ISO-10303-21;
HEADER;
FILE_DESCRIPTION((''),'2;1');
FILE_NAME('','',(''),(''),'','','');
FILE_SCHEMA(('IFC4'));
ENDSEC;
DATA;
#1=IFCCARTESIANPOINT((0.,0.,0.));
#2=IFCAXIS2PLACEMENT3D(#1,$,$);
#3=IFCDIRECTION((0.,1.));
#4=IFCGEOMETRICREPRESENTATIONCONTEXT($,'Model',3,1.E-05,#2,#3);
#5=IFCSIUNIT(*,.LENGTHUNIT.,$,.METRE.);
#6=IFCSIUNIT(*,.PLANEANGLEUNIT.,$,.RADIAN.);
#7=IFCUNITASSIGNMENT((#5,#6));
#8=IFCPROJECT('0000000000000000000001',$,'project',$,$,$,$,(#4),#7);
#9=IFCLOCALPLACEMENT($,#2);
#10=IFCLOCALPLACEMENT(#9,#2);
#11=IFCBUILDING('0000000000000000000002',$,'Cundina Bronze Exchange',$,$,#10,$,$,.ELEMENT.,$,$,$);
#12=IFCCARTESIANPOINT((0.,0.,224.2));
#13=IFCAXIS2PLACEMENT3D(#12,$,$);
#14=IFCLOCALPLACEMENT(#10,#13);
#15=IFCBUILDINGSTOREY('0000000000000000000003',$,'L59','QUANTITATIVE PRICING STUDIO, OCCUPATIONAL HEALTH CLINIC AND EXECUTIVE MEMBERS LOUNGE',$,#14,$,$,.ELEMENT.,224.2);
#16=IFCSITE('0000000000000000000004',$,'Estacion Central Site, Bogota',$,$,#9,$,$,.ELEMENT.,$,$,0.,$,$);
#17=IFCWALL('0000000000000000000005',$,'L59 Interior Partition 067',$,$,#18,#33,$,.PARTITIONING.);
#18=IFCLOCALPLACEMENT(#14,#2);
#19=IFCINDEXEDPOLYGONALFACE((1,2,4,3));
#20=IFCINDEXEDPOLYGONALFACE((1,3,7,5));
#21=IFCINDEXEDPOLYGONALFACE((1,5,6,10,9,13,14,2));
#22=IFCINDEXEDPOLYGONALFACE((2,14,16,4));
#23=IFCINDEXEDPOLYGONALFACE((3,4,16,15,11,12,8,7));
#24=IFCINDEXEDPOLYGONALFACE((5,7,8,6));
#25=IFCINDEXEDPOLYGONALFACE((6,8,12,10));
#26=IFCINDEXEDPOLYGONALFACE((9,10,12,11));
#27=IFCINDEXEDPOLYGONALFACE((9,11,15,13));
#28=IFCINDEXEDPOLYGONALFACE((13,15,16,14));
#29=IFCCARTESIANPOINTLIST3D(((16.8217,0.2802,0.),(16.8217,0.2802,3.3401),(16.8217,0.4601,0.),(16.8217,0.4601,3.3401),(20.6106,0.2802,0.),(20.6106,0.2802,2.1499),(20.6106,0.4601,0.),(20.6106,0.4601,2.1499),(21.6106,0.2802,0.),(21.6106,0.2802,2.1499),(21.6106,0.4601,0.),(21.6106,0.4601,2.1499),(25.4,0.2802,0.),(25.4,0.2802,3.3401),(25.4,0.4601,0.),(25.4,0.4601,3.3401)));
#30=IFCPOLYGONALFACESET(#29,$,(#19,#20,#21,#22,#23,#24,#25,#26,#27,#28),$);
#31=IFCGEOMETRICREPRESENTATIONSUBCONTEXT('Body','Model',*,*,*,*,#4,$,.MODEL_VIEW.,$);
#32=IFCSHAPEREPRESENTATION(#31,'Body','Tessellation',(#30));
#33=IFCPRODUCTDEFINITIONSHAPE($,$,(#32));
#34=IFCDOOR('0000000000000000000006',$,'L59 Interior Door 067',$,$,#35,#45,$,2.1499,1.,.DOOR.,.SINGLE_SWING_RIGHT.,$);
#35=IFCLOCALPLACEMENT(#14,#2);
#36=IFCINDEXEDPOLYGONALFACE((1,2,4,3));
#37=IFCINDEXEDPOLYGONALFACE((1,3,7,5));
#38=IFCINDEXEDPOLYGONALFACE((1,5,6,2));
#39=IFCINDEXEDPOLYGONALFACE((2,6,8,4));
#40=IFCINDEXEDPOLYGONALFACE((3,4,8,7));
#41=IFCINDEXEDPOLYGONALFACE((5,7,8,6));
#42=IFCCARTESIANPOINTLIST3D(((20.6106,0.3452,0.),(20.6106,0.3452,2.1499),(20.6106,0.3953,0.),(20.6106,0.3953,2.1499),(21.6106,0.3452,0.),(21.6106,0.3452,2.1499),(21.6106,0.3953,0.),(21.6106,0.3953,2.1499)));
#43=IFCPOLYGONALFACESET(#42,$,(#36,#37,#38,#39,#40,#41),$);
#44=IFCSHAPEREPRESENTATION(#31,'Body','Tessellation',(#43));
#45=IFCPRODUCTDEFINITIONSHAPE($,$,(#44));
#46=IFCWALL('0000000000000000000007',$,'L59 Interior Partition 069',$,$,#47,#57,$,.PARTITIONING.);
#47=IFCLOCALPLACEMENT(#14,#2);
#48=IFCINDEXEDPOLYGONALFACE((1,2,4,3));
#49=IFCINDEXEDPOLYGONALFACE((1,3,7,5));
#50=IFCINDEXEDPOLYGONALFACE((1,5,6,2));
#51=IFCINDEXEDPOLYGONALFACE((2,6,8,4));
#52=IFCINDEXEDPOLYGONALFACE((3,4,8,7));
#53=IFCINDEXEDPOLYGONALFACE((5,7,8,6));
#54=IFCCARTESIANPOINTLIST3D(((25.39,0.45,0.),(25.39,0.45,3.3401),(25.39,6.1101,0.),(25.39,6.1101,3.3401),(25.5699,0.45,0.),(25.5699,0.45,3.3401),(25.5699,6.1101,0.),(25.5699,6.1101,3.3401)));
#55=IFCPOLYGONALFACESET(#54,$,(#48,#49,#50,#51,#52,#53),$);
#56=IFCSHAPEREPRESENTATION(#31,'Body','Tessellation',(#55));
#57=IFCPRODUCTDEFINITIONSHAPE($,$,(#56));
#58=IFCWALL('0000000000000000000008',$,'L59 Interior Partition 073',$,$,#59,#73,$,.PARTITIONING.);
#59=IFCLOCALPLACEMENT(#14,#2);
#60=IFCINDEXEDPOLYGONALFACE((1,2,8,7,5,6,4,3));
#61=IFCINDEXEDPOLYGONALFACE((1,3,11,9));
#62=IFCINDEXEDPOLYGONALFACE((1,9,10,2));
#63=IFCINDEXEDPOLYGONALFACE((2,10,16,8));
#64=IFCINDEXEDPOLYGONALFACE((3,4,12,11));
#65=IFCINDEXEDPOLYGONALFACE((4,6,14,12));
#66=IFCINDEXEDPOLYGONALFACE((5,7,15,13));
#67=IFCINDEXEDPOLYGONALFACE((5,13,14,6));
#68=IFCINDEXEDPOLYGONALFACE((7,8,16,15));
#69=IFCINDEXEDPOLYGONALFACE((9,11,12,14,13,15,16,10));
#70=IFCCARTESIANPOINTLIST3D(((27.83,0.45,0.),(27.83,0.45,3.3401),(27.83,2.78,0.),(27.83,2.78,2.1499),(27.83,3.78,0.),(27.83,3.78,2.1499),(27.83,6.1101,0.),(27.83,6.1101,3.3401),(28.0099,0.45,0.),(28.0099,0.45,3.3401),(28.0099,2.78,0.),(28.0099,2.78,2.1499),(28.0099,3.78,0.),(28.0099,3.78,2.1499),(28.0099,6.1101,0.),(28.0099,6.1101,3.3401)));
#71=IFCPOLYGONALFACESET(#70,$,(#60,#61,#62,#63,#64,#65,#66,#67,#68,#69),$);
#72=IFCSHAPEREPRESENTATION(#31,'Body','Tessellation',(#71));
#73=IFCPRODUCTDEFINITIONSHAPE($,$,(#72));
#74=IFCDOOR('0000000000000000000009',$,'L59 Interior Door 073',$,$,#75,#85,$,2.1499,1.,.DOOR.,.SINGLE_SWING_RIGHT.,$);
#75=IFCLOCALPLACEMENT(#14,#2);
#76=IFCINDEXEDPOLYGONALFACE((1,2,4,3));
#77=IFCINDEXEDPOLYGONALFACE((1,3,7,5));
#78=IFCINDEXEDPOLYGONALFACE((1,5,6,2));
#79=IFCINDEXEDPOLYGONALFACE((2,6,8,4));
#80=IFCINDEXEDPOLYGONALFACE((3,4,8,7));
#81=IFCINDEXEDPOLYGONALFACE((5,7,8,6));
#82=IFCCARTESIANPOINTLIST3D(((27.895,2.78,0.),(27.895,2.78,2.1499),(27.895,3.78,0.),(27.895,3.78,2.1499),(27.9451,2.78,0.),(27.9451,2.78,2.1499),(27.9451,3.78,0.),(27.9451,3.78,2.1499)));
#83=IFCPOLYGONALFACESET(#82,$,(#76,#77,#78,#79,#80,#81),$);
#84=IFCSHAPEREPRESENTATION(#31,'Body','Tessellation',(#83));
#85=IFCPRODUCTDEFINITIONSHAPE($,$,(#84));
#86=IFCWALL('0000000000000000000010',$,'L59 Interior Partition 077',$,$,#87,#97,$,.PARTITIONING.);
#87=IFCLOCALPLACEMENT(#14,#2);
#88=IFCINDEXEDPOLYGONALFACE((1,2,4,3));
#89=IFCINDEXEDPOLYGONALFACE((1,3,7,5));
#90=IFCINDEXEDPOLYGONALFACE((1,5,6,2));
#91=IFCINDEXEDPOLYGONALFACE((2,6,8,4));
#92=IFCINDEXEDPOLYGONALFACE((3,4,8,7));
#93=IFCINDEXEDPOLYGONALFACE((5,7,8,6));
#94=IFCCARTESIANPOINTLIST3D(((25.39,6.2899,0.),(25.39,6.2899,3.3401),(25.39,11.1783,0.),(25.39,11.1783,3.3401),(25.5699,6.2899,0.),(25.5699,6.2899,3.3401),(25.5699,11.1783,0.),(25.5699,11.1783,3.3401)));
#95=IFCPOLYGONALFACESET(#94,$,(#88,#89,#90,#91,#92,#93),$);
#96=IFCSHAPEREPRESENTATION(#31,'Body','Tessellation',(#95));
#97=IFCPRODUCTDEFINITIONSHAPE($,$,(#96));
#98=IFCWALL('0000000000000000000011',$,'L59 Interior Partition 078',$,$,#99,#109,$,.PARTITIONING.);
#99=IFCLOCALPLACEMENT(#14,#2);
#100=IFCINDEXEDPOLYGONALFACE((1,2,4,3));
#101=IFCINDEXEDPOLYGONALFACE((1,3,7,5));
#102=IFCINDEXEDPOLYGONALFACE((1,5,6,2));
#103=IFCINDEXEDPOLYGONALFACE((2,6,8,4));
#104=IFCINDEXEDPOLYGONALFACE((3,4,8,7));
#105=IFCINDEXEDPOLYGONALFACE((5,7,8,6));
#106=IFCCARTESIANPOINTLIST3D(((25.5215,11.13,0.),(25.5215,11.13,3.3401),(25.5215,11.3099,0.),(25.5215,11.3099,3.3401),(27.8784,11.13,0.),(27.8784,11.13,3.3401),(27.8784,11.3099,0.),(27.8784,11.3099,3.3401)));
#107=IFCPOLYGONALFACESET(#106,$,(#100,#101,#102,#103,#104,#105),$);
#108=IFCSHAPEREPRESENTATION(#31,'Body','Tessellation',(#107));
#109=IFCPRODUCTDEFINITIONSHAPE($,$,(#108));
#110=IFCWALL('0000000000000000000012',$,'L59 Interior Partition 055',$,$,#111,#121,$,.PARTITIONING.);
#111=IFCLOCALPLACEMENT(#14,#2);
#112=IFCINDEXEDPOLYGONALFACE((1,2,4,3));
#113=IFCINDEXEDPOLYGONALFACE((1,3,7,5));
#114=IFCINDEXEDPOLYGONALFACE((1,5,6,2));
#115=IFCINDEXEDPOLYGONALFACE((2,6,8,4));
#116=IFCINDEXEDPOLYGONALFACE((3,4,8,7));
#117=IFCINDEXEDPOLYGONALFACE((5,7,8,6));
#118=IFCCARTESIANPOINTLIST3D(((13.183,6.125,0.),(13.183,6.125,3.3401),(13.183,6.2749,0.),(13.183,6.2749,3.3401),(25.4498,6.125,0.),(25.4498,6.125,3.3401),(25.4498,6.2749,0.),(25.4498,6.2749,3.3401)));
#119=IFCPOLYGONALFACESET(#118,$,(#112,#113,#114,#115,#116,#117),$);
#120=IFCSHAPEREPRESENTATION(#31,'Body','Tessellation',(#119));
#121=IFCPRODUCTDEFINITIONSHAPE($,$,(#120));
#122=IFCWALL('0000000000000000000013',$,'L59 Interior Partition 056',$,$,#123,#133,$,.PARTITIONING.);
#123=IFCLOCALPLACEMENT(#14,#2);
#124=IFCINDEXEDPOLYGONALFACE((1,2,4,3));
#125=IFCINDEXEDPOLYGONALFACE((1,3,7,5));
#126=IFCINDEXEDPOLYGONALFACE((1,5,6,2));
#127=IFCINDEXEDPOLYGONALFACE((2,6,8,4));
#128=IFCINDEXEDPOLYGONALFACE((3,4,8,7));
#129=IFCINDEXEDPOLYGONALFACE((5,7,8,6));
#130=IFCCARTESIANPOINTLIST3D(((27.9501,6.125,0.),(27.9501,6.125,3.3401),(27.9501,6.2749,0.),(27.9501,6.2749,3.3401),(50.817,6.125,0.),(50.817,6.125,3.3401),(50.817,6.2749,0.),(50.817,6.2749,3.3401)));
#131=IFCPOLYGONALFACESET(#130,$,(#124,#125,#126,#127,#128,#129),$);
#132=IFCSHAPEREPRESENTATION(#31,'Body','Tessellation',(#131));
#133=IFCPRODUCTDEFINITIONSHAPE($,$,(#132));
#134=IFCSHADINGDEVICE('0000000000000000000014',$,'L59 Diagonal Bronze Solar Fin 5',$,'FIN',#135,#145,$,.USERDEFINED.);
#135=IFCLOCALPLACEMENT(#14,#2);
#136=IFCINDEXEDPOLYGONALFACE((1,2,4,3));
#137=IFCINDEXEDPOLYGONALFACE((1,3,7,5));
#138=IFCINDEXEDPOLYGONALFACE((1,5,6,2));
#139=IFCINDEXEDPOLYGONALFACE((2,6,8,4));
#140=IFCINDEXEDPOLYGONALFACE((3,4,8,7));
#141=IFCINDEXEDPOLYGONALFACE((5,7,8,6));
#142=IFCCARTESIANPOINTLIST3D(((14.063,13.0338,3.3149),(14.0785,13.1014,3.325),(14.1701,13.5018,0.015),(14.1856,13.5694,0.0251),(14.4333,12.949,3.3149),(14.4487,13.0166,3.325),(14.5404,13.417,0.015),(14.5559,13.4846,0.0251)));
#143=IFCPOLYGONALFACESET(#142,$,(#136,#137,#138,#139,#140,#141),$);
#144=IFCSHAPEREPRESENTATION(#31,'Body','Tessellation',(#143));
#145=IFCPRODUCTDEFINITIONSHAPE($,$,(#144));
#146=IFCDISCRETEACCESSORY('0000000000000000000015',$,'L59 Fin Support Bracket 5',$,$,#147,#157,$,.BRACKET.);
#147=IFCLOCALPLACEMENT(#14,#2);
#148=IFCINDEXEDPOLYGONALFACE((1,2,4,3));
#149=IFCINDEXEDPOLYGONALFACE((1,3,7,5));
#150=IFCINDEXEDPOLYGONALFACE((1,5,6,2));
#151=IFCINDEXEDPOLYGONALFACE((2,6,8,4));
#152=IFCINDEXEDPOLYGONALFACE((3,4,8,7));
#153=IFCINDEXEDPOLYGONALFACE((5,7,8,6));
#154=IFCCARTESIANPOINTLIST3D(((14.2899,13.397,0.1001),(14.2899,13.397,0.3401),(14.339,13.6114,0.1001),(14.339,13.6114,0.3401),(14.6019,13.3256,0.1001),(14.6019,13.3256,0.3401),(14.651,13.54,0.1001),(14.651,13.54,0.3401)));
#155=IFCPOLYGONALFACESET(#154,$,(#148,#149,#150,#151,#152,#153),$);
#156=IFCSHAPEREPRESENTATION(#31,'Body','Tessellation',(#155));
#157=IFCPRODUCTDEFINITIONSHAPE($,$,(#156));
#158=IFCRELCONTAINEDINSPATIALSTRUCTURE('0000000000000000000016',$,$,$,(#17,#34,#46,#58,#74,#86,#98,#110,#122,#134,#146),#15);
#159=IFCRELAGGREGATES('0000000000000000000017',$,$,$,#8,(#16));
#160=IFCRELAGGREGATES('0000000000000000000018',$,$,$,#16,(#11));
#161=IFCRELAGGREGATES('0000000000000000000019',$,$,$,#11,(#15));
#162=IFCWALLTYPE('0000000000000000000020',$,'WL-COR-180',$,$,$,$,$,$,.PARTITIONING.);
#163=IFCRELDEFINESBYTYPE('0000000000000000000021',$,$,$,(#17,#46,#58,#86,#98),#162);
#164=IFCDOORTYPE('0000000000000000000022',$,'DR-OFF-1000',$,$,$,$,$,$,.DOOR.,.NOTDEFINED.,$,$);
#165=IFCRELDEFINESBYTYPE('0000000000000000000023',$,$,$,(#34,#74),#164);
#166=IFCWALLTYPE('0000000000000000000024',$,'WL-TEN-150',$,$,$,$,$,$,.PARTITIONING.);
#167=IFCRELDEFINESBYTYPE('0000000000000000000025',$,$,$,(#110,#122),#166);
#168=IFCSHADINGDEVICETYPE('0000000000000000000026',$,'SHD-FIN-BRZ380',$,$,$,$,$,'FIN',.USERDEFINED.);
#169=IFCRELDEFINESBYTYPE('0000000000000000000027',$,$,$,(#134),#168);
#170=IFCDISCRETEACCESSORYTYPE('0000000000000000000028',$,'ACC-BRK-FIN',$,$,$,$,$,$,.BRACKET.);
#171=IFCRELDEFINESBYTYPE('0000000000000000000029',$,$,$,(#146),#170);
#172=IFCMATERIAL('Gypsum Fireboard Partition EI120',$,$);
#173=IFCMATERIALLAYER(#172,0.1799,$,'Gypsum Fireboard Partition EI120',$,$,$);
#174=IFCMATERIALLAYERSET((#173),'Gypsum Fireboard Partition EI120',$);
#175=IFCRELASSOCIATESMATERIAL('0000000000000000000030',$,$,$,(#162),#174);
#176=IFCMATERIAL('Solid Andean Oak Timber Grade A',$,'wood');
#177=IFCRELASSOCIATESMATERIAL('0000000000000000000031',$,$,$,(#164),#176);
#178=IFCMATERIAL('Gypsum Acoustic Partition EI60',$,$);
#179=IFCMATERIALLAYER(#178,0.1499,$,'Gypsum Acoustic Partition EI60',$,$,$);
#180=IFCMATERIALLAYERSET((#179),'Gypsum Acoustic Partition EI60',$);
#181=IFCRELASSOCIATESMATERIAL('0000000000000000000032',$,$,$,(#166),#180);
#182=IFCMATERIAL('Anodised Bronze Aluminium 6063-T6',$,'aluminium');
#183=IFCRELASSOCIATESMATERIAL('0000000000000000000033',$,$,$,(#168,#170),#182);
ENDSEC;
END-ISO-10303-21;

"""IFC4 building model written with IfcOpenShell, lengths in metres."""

from ifc_helpers import new_model, si_unit, direction, frame, frame_2d, origin, origin_2d, place, context, subcontext, project, spatial, rectangle, extrude, material, layer, layer_set, material_profile, profile_set, type_object, element, fill, save


model = new_model("IFC4")

# Units and contexts
model_context = context("Model", 3, precision=1e-05, world=origin(), true_north=direction((0.0, 1.0)))
body_context = subcontext(model_context, "Body", "Model", "MODEL_VIEW")
ifc_project = project(units=[si_unit("LENGTHUNIT", "METRE"), si_unit("PLANEANGLEUNIT", "RADIAN")], contexts=[model_context])

# Site, building, storey
site_placement = place(None, origin())
site = spatial("IfcSite", under=ifc_project, at=site_placement, Name="Estacion Central Site, Bogota", CompositionType="ELEMENT", RefElevation=0.0)
building_placement = place(site_placement, origin())
building = spatial("IfcBuilding", under=site, at=building_placement, Name="Cundina Bronze Exchange", CompositionType="ELEMENT")
storey_placement = place(building_placement, frame((0.0, 0.0, 224.2)))
storey = spatial("IfcBuildingStorey", under=building, at=storey_placement, Name="L59", Description="QUANTITATIVE PRICING STUDIO, OCCUPATIONAL HEALTH CLINIC AND EXECUTIVE MEMBERS LOUNGE", CompositionType="ELEMENT", Elevation=224.2)

# Shared definitions
ifc_material_1 = material(Name="Anodised Bronze Aluminium 6063-T6", Category="aluminium")

# Wall, opening, door
ifc_material_2 = material(Name="Gypsum Fireboard Partition EI120")
ifc_layer_1 = layer(ifc_material_2, 0.1799, Name="Gypsum Fireboard Partition EI120")
ifc_layer_set_1 = layer_set([ifc_layer_1], Name="Gypsum Fireboard Partition EI120")
wall_type_1 = type_object("IfcWallType", Name="WL-COR-180", PredefinedType="PARTITIONING", material=ifc_layer_set_1)
wall_1_placement = place(storey_placement, frame((25.3999, 0.3701, 0.0), z_axis=(0.0, 0.0, 1.0), x_axis=(-1.0, 0.0, 0.0)))
wall_1 = element("IfcWall", 1, at=wall_1_placement, inside=storey, type_object=wall_type_1, Name="L59 Interior Partition 067", PredefinedType="PARTITIONING", context=body_context, shape_type="SweptSolid", body=[
    extrude(rectangle(XDim=8.5784, YDim=0.1799, at=frame_2d((4.2891, 0.0))), origin(), (0.0, 0.0, 1.0), 3.3401),
])
opening_1_placement = place(wall_1_placement, frame((3.7893, 0.0, 0.0)))
opening_1 = element("IfcOpeningElement", 2, at=opening_1_placement, cuts=wall_1, PredefinedType="OPENING", context=body_context, shape_type="SweptSolid", body=[
    extrude(rectangle(XDim=1.0, YDim=2.1499, at=frame_2d((0.5, 1.075))), frame((0.0, 0.0999, 0.0), z_axis=(0.0, -1.0, 0.0), x_axis=(1.0, 0.0, 0.0)), (0.0, 0.0, 1.0), 0.2),
])
ifc_material_3 = material(Name="Solid Andean Oak Timber Grade A", Category="wood")
door_type = type_object("IfcDoorType", Name="DR-OFF-1000", OperationType="NOTDEFINED", PredefinedType="DOOR", material=ifc_material_3)
door_1_placement = place(opening_1_placement, origin())
door_1 = element("IfcDoor", 3, at=door_1_placement, inside=storey, type_object=door_type, Name="L59 Interior Door 067", OperationType="SINGLE_SWING_RIGHT", OverallHeight=2.1499, OverallWidth=1.0, PredefinedType="DOOR", context=body_context, shape_type="SweptSolid", body=[
    extrude(rectangle(XDim=1.0, YDim=2.1499, at=frame_2d((0.5, 1.075))), frame((0.0, 0.0249, 0.0), z_axis=(0.0, -1.0, 0.0), x_axis=(1.0, 0.0, 0.0)), (0.0, 0.0, 1.0), 0.05),
])
fill(opening_1, door_1)

# Wall
wall_2_placement = place(storey_placement, frame((25.48, 6.1101, 0.0), z_axis=(0.0, 0.0, 1.0), x_axis=(0.0, -1.0, 0.0)))
element("IfcWall", 4, at=wall_2_placement, inside=storey, type_object=wall_type_1, Name="L59 Interior Partition 069", PredefinedType="PARTITIONING", context=body_context, shape_type="SweptSolid", body=[
    extrude(rectangle(XDim=5.6602, YDim=0.1799, at=frame_2d((2.8301, 0.0))), origin(), (0.0, 0.0, 1.0), 3.3401),
])

# Wall, opening, door
wall_3_placement = place(storey_placement, frame((27.9199, 0.45, 0.0), z_axis=(0.0, 0.0, 1.0), x_axis=(0.0, 1.0, 0.0)))
wall_3 = element("IfcWall", 5, at=wall_3_placement, inside=storey, type_object=wall_type_1, Name="L59 Interior Partition 073", PredefinedType="PARTITIONING", context=body_context, shape_type="SweptSolid", body=[
    extrude(rectangle(XDim=5.6602, YDim=0.1799, at=frame_2d((2.8301, 0.0))), origin(), (0.0, 0.0, 1.0), 3.3401),
])
opening_2_placement = place(wall_3_placement, frame((2.3301, 0.0, 0.0)))
opening_2 = element("IfcOpeningElement", 6, at=opening_2_placement, cuts=wall_3, PredefinedType="OPENING", context=body_context, shape_type="SweptSolid", body=[
    extrude(rectangle(XDim=1.0, YDim=2.1499, at=frame_2d((0.5, 1.075))), frame((0.0, 0.0999, 0.0), z_axis=(0.0, -1.0, 0.0), x_axis=(1.0, 0.0, 0.0)), (0.0, 0.0, 1.0), 0.2),
])
door_2_placement = place(opening_2_placement, origin())
door_2 = element("IfcDoor", 7, at=door_2_placement, inside=storey, type_object=door_type, Name="L59 Interior Door 073", OperationType="SINGLE_SWING_RIGHT", OverallHeight=2.1499, OverallWidth=1.0, PredefinedType="DOOR", context=body_context, shape_type="SweptSolid", body=[
    extrude(rectangle(XDim=1.0, YDim=2.1499, at=frame_2d((0.5, 1.075))), frame((0.0, 0.0249, 0.0), z_axis=(0.0, -1.0, 0.0), x_axis=(1.0, 0.0, 0.0)), (0.0, 0.0, 1.0), 0.05),
])
fill(opening_2, door_2)

# Walls
wall_4_placement = place(storey_placement, frame((25.48, 11.1785, 0.0), z_axis=(0.0, 0.0, 1.0), x_axis=(0.0, -1.0, 0.0)))
element("IfcWall", 8, at=wall_4_placement, inside=storey, type_object=wall_type_1, Name="L59 Interior Partition 077", PredefinedType="PARTITIONING", context=body_context, shape_type="SweptSolid", body=[
    extrude(rectangle(XDim=4.8884, YDim=0.1799, at=frame_2d((2.4443, 0.0))), origin(), (0.0, 0.0, 1.0), 3.3401),
])
wall_5_placement = place(storey_placement, frame((27.8784, 11.22, 0.0), z_axis=(0.0, 0.0, 1.0), x_axis=(-1.0, 0.0, 0.0)))
element("IfcWall", 9, at=wall_5_placement, inside=storey, type_object=wall_type_1, Name="L59 Interior Partition 078", PredefinedType="PARTITIONING", context=body_context, shape_type="SweptSolid", body=[
    extrude(rectangle(XDim=2.3569, YDim=0.1799, at=frame_2d((1.1785, 0.0))), origin(), (0.0, 0.0, 1.0), 3.3401),
])
ifc_material_4 = material(Name="Gypsum Acoustic Partition EI60")
ifc_layer_2 = layer(ifc_material_4, 0.1499, Name="Gypsum Acoustic Partition EI60")
ifc_layer_set_2 = layer_set([ifc_layer_2], Name="Gypsum Acoustic Partition EI60")
wall_type_2 = type_object("IfcWallType", Name="WL-TEN-150", PredefinedType="PARTITIONING", material=ifc_layer_set_2)
wall_6_placement = place(storey_placement, frame((13.1831, 6.2, 0.0), z_axis=(0.0, 0.0, 1.0), x_axis=(1.0, 0.0, 0.0)))
element("IfcWall", 10, at=wall_6_placement, inside=storey, type_object=wall_type_2, Name="L59 Interior Partition 055", PredefinedType="PARTITIONING", context=body_context, shape_type="SweptSolid", body=[
    extrude(rectangle(XDim=12.2668, YDim=0.1499, at=frame_2d((6.1333, 0.0))), origin(), (0.0, 0.0, 1.0), 3.3401),
])
wall_7_placement = place(storey_placement, frame((27.95, 6.2, 0.0), z_axis=(0.0, 0.0, 1.0), x_axis=(1.0, 0.0, 0.0)))
element("IfcWall", 11, at=wall_7_placement, inside=storey, type_object=wall_type_2, Name="L59 Interior Partition 056", PredefinedType="PARTITIONING", context=body_context, shape_type="SweptSolid", body=[
    extrude(rectangle(XDim=22.8669, YDim=0.1499, at=frame_2d((11.4336, 0.0))), origin(), (0.0, 0.0, 1.0), 3.3401),
])

# Shading device
ifc_material_profile_1 = material_profile(ifc_material_1, rectangle(XDim=0.0701, YDim=0.3799, at=origin_2d()), Name="FIN70X380", Category="aluminium")
ifc_profile_set_1 = profile_set([ifc_material_profile_1], Name="Anodised Bronze Aluminium 6063-T6")
shading_device_type = type_object("IfcShadingDeviceType", Name="SHD-FIN-BRZ380", ElementType="FIN", PredefinedType="USERDEFINED", material=ifc_profile_set_1)
shading_device_placement = place(storey_placement, frame((14.363, 13.4932, 0.02), z_axis=(-0.032139, -0.140344, 0.989581), x_axis=(0.220899, 0.964611, 0.143977)))
element("IfcShadingDevice", 12, at=shading_device_placement, inside=storey, type_object=shading_device_type, Name="L59 Diagonal Bronze Solar Fin 5", ObjectType="FIN", PredefinedType="USERDEFINED", context=body_context, shape_type="SweptSolid", body=[
    extrude(rectangle(XDim=0.0701, YDim=0.3799, at=origin_2d()), origin(), (0.0, 0.0, 1.0), 3.3347),
])

# Discrete accessory
discrete_accessory_type = type_object("IfcDiscreteAccessoryType", Name="ACC-BRK-FIN", PredefinedType="BRACKET", material=ifc_material_1)
discrete_accessory_placement = place(storey_placement, frame((14.4705, 13.4685, 0.1001), z_axis=(0.0, 0.0, 1.0), x_axis=(-0.223284, -0.974753, 0.0)))
element("IfcDiscreteAccessory", 13, at=discrete_accessory_placement, inside=storey, type_object=discrete_accessory_type, Name="L59 Fin Support Bracket 5", PredefinedType="BRACKET", context=body_context, shape_type="SweptSolid", body=[
    extrude(rectangle(XDim=0.22, YDim=0.3201, at=origin_2d()), origin(), (0.0, 0.0, 1.0), 0.24),
])

save(model, "model.ifc")
